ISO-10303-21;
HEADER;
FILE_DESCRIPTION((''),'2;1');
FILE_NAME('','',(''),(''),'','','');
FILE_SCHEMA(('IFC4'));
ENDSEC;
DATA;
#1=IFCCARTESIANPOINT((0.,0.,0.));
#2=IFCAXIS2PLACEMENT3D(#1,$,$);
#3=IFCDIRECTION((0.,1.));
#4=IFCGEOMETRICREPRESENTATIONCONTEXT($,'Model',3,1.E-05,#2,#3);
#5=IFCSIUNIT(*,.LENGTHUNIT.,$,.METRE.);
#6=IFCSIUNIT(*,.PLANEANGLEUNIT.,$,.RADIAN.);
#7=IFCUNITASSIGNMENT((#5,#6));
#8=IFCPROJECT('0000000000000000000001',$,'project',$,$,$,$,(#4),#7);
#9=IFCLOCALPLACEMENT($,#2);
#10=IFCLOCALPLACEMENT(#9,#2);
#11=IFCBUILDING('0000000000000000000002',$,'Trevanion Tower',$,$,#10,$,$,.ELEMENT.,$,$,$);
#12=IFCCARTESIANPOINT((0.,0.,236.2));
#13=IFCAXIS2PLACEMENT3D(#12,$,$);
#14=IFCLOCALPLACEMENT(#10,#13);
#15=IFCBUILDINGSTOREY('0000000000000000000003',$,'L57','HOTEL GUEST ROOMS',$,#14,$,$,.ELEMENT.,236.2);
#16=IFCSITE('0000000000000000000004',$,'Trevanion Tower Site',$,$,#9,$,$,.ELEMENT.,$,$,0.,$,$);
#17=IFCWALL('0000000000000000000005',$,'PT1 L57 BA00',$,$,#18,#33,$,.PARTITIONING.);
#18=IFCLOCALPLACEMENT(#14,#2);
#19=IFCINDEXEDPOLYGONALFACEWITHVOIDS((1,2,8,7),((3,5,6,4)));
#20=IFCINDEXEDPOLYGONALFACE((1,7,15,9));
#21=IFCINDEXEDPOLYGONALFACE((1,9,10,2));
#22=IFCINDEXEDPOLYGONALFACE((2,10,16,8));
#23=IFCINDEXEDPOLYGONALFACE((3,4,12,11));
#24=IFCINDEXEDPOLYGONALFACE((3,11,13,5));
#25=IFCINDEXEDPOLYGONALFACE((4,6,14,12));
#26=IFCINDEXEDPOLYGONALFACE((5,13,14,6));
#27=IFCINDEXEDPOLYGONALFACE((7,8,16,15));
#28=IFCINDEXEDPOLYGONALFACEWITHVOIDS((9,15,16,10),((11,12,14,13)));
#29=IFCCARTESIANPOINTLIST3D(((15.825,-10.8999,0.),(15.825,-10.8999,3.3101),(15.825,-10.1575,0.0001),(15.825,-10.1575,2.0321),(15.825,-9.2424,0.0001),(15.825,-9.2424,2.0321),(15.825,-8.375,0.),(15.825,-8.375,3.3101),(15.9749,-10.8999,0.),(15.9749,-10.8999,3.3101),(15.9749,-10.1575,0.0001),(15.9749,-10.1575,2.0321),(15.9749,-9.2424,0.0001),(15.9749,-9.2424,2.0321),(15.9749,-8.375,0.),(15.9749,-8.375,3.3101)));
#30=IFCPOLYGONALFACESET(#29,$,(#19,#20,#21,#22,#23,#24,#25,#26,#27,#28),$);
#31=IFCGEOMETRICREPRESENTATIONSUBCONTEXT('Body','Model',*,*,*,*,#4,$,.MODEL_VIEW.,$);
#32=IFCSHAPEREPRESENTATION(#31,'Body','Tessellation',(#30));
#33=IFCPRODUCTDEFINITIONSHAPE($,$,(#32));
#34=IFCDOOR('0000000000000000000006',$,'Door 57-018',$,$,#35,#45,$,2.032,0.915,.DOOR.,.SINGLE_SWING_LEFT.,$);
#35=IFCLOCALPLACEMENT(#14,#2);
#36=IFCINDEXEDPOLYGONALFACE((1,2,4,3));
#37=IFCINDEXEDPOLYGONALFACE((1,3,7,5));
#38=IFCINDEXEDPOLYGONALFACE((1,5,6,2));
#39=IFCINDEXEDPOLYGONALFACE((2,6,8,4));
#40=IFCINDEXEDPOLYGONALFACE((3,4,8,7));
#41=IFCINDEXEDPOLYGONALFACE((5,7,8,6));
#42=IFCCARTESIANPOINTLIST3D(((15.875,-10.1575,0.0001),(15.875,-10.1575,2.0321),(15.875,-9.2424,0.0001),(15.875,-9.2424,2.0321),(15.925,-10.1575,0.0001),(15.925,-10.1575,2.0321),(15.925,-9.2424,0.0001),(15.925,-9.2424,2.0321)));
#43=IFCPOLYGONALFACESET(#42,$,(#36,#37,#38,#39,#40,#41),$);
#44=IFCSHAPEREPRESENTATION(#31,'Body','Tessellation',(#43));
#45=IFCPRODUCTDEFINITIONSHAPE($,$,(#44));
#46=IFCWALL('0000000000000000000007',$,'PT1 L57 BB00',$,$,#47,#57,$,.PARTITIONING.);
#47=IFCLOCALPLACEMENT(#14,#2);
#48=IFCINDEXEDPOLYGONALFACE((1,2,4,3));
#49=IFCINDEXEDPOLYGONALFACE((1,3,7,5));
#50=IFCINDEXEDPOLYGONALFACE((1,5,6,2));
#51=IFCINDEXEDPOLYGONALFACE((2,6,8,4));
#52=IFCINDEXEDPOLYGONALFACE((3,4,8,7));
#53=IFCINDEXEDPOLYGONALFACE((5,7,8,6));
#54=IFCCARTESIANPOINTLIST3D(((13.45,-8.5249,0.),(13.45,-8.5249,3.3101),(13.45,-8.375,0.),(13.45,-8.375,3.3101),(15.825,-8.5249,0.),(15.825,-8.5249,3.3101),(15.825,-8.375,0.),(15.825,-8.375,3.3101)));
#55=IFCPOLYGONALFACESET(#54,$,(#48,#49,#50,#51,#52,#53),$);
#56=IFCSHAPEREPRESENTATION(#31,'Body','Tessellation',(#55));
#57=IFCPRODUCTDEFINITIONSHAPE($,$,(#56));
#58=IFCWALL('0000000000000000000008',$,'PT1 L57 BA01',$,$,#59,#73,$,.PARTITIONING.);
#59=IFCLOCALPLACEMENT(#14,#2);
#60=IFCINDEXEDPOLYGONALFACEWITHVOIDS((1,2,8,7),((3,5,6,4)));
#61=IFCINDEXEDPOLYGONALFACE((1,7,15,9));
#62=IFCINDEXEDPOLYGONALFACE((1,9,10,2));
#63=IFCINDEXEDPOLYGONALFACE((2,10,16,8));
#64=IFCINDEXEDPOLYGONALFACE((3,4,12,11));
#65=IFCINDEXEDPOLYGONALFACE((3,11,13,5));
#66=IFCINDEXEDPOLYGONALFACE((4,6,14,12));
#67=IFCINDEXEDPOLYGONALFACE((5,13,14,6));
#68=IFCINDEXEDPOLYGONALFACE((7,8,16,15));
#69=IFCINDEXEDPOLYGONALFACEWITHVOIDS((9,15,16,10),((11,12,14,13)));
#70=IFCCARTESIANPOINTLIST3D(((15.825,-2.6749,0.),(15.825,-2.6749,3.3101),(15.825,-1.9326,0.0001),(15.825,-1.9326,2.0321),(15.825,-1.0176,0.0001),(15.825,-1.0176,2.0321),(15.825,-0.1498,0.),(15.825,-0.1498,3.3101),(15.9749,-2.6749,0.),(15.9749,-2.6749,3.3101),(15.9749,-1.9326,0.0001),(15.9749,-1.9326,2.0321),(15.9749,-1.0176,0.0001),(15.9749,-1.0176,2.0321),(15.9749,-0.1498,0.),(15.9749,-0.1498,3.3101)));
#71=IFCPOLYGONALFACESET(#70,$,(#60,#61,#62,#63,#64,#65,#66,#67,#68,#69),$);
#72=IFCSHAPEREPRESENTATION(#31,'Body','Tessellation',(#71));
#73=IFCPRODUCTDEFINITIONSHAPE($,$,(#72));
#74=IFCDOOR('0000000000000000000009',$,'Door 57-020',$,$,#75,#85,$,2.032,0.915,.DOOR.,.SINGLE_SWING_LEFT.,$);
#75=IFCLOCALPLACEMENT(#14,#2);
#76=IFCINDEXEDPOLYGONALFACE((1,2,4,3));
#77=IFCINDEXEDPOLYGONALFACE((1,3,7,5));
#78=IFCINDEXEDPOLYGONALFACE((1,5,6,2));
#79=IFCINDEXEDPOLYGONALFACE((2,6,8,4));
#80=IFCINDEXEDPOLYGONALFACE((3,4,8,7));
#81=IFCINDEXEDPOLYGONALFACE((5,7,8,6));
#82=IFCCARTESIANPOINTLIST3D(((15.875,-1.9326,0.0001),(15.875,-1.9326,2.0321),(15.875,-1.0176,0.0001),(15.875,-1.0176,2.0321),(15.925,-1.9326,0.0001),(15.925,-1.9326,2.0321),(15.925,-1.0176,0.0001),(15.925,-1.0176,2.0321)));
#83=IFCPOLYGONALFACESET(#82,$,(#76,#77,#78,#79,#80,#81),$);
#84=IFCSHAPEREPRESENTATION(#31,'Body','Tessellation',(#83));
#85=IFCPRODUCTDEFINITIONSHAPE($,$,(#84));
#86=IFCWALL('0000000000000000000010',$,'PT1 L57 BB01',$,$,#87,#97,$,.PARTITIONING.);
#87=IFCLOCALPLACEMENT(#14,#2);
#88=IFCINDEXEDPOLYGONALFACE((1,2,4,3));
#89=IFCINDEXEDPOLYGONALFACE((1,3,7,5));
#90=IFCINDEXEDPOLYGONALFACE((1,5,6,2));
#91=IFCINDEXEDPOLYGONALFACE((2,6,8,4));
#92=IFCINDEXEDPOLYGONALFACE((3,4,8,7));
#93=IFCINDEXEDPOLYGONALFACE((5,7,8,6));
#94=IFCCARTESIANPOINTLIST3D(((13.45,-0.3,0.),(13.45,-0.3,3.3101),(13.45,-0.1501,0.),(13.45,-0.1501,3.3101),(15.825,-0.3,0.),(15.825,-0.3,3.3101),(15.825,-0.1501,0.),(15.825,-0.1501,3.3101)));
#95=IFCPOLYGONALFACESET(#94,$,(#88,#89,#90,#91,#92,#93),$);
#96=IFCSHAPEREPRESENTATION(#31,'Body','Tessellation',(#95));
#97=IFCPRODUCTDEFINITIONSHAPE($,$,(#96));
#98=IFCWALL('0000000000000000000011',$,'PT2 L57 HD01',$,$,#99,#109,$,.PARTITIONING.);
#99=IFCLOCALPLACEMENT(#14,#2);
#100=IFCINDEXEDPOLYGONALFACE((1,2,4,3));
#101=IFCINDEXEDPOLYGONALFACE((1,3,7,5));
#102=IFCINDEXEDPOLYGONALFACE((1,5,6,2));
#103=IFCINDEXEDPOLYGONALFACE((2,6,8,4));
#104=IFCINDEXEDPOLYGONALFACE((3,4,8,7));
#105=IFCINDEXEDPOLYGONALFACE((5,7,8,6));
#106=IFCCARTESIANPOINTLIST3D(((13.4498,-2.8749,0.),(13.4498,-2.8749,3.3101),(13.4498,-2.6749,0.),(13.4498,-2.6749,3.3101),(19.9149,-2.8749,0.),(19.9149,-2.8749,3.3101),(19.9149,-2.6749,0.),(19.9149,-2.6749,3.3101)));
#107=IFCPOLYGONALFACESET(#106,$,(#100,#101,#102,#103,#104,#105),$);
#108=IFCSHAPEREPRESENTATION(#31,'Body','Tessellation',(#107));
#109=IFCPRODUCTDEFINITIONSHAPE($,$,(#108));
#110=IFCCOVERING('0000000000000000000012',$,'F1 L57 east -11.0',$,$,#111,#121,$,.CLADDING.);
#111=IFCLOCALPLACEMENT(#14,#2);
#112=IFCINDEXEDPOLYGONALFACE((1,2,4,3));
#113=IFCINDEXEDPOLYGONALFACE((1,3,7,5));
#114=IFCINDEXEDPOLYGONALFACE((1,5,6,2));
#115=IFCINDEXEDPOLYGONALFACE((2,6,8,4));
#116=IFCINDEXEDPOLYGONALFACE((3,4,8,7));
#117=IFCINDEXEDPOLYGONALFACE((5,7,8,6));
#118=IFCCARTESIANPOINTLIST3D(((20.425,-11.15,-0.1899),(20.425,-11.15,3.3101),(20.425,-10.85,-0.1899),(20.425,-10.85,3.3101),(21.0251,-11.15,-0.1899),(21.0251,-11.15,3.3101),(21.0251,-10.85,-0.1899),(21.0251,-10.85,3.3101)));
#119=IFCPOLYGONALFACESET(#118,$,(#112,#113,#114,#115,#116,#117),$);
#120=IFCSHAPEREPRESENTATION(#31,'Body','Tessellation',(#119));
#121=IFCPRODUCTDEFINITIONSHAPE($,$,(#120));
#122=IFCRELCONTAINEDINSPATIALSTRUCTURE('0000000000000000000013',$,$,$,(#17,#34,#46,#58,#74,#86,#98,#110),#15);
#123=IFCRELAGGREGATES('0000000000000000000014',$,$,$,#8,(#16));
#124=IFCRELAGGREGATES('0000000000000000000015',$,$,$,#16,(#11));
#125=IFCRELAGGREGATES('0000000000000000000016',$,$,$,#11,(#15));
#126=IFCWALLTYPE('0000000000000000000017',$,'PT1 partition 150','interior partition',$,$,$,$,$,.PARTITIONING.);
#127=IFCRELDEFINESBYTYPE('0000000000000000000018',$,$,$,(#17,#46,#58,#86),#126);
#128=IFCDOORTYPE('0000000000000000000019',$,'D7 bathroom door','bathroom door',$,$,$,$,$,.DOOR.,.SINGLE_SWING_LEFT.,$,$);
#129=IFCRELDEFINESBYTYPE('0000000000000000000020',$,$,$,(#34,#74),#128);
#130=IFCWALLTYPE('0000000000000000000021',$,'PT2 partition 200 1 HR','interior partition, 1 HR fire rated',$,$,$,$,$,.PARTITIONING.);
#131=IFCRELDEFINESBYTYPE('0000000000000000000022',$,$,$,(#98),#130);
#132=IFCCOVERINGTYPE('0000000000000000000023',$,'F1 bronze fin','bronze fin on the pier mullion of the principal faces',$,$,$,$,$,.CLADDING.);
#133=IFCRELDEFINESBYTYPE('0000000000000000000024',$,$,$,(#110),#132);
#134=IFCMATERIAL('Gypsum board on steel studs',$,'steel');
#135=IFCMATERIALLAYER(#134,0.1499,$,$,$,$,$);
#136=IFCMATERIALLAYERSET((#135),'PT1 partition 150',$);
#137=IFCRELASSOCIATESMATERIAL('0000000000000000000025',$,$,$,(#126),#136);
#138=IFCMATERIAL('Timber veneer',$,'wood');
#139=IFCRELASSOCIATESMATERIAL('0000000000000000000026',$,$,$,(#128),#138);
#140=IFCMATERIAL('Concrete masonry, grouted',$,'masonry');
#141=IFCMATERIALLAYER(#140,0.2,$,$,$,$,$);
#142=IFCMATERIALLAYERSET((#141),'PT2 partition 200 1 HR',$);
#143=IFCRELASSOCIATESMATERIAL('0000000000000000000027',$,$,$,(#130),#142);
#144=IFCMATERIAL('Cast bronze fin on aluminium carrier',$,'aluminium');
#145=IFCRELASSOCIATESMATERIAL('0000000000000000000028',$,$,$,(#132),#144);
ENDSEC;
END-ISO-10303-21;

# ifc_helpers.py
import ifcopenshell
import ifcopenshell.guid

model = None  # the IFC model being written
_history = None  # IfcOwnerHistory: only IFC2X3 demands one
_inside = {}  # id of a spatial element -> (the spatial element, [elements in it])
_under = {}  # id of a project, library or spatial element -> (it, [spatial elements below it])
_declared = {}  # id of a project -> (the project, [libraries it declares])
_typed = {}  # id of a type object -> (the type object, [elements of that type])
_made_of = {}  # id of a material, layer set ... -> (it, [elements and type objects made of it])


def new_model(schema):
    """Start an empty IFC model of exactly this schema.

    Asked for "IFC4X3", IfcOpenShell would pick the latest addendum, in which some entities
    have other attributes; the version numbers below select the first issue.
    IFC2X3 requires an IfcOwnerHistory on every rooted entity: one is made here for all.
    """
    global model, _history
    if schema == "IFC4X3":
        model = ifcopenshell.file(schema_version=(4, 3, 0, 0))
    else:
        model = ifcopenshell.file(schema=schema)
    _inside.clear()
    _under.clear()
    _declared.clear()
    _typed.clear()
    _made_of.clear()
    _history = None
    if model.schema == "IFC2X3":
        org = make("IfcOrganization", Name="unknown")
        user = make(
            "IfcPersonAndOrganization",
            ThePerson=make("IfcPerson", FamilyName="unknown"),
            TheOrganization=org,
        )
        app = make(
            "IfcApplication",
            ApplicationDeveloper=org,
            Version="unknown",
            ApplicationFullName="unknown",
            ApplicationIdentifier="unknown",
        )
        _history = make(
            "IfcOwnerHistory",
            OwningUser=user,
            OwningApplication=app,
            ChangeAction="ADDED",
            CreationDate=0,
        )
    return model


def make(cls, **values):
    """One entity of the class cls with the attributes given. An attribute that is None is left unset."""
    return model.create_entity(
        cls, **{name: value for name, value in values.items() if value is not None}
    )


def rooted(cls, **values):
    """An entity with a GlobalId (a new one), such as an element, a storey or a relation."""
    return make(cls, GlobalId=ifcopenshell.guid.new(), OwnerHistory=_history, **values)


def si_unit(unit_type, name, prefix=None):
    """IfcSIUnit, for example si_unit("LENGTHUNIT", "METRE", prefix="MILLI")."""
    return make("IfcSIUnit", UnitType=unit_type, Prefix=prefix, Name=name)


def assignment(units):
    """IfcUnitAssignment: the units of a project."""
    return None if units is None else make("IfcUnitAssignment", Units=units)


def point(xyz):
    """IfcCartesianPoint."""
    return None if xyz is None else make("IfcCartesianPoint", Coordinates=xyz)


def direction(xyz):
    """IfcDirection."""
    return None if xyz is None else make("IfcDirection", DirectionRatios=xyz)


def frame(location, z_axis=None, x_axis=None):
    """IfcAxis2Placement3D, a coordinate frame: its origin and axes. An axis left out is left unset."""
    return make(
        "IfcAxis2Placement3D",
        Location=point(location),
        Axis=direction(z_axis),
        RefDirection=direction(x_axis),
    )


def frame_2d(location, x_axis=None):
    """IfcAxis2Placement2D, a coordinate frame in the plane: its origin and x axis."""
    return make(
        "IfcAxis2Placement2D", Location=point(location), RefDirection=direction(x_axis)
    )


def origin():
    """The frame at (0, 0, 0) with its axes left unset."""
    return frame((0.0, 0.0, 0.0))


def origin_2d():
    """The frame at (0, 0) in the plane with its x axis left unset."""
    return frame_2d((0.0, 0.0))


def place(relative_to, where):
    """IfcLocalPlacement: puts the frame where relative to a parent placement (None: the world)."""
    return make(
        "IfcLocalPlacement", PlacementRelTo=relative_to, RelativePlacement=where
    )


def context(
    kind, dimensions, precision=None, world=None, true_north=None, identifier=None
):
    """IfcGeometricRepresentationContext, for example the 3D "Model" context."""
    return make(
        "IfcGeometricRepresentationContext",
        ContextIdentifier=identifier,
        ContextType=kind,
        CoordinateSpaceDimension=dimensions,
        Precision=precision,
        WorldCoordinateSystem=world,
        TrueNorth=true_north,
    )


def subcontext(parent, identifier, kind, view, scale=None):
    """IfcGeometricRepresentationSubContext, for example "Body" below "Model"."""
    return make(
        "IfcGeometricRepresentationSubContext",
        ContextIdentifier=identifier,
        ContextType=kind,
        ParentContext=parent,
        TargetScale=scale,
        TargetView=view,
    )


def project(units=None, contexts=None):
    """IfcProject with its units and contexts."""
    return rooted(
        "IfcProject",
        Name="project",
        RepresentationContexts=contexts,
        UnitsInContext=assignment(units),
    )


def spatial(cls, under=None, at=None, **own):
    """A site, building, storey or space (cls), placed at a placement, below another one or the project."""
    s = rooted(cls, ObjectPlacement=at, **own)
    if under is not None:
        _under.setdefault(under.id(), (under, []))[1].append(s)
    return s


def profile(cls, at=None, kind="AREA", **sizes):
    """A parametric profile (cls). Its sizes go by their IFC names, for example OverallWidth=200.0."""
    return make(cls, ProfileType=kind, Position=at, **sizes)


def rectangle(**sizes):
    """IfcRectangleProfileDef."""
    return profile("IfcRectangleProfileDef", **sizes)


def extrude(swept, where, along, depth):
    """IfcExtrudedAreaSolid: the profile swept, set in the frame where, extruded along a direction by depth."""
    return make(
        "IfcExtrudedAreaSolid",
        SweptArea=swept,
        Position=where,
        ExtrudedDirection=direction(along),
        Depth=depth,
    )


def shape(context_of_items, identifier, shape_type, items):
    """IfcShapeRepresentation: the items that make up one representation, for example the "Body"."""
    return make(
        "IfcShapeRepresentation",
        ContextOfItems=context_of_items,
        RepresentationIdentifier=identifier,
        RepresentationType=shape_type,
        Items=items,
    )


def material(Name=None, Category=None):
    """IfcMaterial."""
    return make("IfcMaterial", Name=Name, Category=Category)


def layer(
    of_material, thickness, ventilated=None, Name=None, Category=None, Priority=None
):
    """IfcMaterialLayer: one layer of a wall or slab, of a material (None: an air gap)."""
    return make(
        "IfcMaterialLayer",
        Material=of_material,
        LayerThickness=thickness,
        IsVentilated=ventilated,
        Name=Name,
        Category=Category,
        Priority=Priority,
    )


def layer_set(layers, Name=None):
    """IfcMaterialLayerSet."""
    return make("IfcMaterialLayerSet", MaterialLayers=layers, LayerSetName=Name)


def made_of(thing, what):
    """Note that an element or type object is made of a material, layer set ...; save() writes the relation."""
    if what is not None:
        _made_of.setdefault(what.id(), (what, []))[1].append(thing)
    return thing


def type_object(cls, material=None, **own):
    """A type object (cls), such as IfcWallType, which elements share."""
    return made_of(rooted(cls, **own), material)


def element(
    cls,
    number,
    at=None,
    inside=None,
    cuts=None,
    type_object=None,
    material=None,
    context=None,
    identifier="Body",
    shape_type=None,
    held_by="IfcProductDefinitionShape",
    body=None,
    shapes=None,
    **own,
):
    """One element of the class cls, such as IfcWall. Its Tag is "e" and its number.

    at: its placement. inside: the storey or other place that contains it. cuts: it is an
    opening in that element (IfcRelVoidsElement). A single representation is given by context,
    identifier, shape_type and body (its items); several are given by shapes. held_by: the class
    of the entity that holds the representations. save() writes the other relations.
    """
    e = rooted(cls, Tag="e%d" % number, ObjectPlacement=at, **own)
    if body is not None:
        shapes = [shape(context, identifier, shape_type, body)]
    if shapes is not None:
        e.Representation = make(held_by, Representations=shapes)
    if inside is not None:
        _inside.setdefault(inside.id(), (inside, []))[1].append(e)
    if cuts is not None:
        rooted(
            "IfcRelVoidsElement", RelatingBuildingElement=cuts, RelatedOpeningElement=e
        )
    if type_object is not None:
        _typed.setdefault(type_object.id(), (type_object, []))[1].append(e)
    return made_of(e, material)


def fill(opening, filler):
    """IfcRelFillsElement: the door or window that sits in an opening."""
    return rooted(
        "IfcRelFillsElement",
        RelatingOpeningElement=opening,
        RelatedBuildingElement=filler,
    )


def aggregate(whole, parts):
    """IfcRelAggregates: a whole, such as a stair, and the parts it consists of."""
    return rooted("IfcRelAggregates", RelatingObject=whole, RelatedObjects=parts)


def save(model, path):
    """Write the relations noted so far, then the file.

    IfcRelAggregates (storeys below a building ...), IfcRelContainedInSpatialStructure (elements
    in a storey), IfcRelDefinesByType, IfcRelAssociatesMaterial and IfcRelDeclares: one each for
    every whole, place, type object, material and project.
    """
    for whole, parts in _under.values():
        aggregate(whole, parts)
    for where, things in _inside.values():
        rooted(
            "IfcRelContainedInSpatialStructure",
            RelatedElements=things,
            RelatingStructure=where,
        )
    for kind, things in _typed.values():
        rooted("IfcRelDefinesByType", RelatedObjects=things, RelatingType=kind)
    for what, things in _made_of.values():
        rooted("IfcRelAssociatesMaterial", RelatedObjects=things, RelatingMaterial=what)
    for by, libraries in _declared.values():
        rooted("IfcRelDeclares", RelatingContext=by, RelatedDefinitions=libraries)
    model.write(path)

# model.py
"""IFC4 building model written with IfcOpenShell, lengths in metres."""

from ifc_helpers import new_model, si_unit, direction, frame, frame_2d, origin, origin_2d, place, context, subcontext, project, spatial, rectangle, extrude, material, layer, layer_set, type_object, element, fill, save


model = new_model("IFC4")

# Units and contexts
model_context = context("Model", 3, precision=1e-05, world=origin(), true_north=direction((0.0, 1.0)))
body_context = subcontext(model_context, "Body", "Model", "MODEL_VIEW")
ifc_project = project(units=[si_unit("LENGTHUNIT", "METRE"), si_unit("PLANEANGLEUNIT", "RADIAN")], contexts=[model_context])

# Site, building, storey
site_placement = place(None, origin())
site = spatial("IfcSite", under=ifc_project, at=site_placement, Name="Trevanion Tower Site", CompositionType="ELEMENT", RefElevation=0.0)
building_placement = place(site_placement, origin())
building = spatial("IfcBuilding", under=site, at=building_placement, Name="Trevanion Tower", CompositionType="ELEMENT")
storey_placement = place(building_placement, frame((0.0, 0.0, 236.2)))
storey = spatial("IfcBuildingStorey", under=building, at=storey_placement, Name="L57", Description="HOTEL GUEST ROOMS", CompositionType="ELEMENT", Elevation=236.2)

# Wall, opening, door
ifc_material_1 = material(Name="Gypsum board on steel studs", Category="steel")
ifc_layer_1 = layer(ifc_material_1, 0.1499)
ifc_layer_set_1 = layer_set([ifc_layer_1], Name="PT1 partition 150")
wall_type_1 = type_object("IfcWallType", Name="PT1 partition 150", Description="interior partition", PredefinedType="PARTITIONING", material=ifc_layer_set_1)
wall_1_placement = place(storey_placement, frame((15.8999, -10.8999, 0.0), z_axis=(0.0, 0.0, 1.0), x_axis=(0.0, 1.0, 0.0)))
wall_1 = element("IfcWall", 1, at=wall_1_placement, inside=storey, type_object=wall_type_1, Name="PT1 L57 BA00", PredefinedType="PARTITIONING", context=body_context, shape_type="SweptSolid", body=[
    extrude(rectangle(XDim=2.5249, YDim=0.1499, at=frame_2d((1.2625, 0.0))), origin(), (0.0, 0.0, 1.0), 3.3101),
])
opening_1_placement = place(wall_1_placement, frame((0.7424, 0.0, 0.0)))
opening_1 = element("IfcOpeningElement", 2, at=opening_1_placement, cuts=wall_1, PredefinedType="OPENING", context=body_context, shape_type="SweptSolid", body=[
    extrude(rectangle(XDim=0.915, YDim=2.032, at=frame_2d((0.4575, 1.0161))), frame((0.0, 0.085, 0.0), z_axis=(0.0, -1.0, 0.0), x_axis=(1.0, 0.0, 0.0)), (0.0, 0.0, 1.0), 0.1699),
])
ifc_material_2 = material(Name="Timber veneer", Category="wood")
door_type = type_object("IfcDoorType", Name="D7 bathroom door", Description="bathroom door", OperationType="SINGLE_SWING_LEFT", PredefinedType="DOOR", material=ifc_material_2)
door_1_placement = place(opening_1_placement, origin())
door_1 = element("IfcDoor", 3, at=door_1_placement, inside=storey, type_object=door_type, Name="Door 57-018", OperationType="SINGLE_SWING_LEFT", OverallHeight=2.032, OverallWidth=0.915, PredefinedType="DOOR", context=body_context, shape_type="SweptSolid", body=[
    extrude(rectangle(XDim=0.915, YDim=2.032, at=frame_2d((0.4575, 1.0161))), frame((0.0, 0.0249, 0.0), z_axis=(0.0, -1.0, 0.0), x_axis=(1.0, 0.0, 0.0)), (0.0, 0.0, 1.0), 0.05),
])
fill(opening_1, door_1)

# Wall
wall_2_placement = place(storey_placement, frame((13.45, -8.45, 0.0), z_axis=(0.0, 0.0, 1.0), x_axis=(1.0, 0.0, 0.0)))
element("IfcWall", 4, at=wall_2_placement, inside=storey, type_object=wall_type_1, Name="PT1 L57 BB00", PredefinedType="PARTITIONING", context=body_context, shape_type="SweptSolid", body=[
    extrude(rectangle(XDim=2.375, YDim=0.1499, at=frame_2d((1.1875, 0.0))), origin(), (0.0, 0.0, 1.0), 3.3101),
])

# Wall, opening, door
wall_3_placement = place(storey_placement, frame((15.8999, -2.675, 0.0), z_axis=(0.0, 0.0, 1.0), x_axis=(0.0, 1.0, 0.0)))
wall_3 = element("IfcWall", 5, at=wall_3_placement, inside=storey, type_object=wall_type_1, Name="PT1 L57 BA01", PredefinedType="PARTITIONING", context=body_context, shape_type="SweptSolid", body=[
    extrude(rectangle(XDim=2.5251, YDim=0.1499, at=frame_2d((1.2627, 0.0))), origin(), (0.0, 0.0, 1.0), 3.3101),
])
opening_2_placement = place(wall_3_placement, frame((0.7424, 0.0, 0.0)))
opening_2 = element("IfcOpeningElement", 6, at=opening_2_placement, cuts=wall_3, PredefinedType="OPENING", context=body_context, shape_type="SweptSolid", body=[
    extrude(rectangle(XDim=0.915, YDim=2.032, at=frame_2d((0.4575, 1.0161))), frame((0.0, 0.085, 0.0), z_axis=(0.0, -1.0, 0.0), x_axis=(1.0, 0.0, 0.0)), (0.0, 0.0, 1.0), 0.1699),
])
door_2_placement = place(opening_2_placement, origin())
door_2 = element("IfcDoor", 7, at=door_2_placement, inside=storey, type_object=door_type, Name="Door 57-020", OperationType="SINGLE_SWING_LEFT", OverallHeight=2.032, OverallWidth=0.915, PredefinedType="DOOR", context=body_context, shape_type="SweptSolid", body=[
    extrude(rectangle(XDim=0.915, YDim=2.032, at=frame_2d((0.4575, 1.0161))), frame((0.0, 0.0249, 0.0), z_axis=(0.0, -1.0, 0.0), x_axis=(1.0, 0.0, 0.0)), (0.0, 0.0, 1.0), 0.05),
])
fill(opening_2, door_2)

# Walls
wall_4_placement = place(storey_placement, frame((13.45, -0.2251, 0.0), z_axis=(0.0, 0.0, 1.0), x_axis=(1.0, 0.0, 0.0)))
element("IfcWall", 8, at=wall_4_placement, inside=storey, type_object=wall_type_1, Name="PT1 L57 BB01", PredefinedType="PARTITIONING", context=body_context, shape_type="SweptSolid", body=[
    extrude(rectangle(XDim=2.375, YDim=0.1499, at=frame_2d((1.1875, 0.0))), origin(), (0.0, 0.0, 1.0), 3.3101),
])
ifc_material_3 = material(Name="Concrete masonry, grouted", Category="masonry")
ifc_layer_2 = layer(ifc_material_3, 0.2)
ifc_layer_set_2 = layer_set([ifc_layer_2], Name="PT2 partition 200 1 HR")
wall_type_2 = type_object("IfcWallType", Name="PT2 partition 200 1 HR", Description="interior partition, 1 HR fire rated", PredefinedType="PARTITIONING", material=ifc_layer_set_2)
wall_5_placement = place(storey_placement, frame((13.45, -2.7749, 0.0), z_axis=(0.0, 0.0, 1.0), x_axis=(1.0, 0.0, 0.0)))
element("IfcWall", 9, at=wall_5_placement, inside=storey, type_object=wall_type_2, Name="PT2 L57 HD01", PredefinedType="PARTITIONING", context=body_context, shape_type="SweptSolid", body=[
    extrude(rectangle(XDim=6.4651, YDim=0.2, at=frame_2d((3.2324, 0.0))), origin(), (0.0, 0.0, 1.0), 3.3101),
])

# Covering
ifc_material_4 = material(Name="Cast bronze fin on aluminium carrier", Category="aluminium")
covering_type = type_object("IfcCoveringType", Name="F1 bronze fin", Description="bronze fin on the pier mullion of the principal faces", PredefinedType="CLADDING", material=ifc_material_4)
covering_placement = place(storey_placement, frame((20.7251, -11.0, -0.1899), z_axis=(0.0, 0.0, 1.0), x_axis=(0.0, 1.0, 0.0)))
element("IfcCovering", 10, at=covering_placement, inside=storey, type_object=covering_type, Name="F1 L57 east -11.0", PredefinedType="CLADDING", context=body_context, shape_type="SweptSolid", body=[
    extrude(rectangle(XDim=0.3, YDim=0.6001, at=origin_2d()), origin(), (0.0, 0.0, 1.0), 3.5),
])

save(model, "model.ifc")
